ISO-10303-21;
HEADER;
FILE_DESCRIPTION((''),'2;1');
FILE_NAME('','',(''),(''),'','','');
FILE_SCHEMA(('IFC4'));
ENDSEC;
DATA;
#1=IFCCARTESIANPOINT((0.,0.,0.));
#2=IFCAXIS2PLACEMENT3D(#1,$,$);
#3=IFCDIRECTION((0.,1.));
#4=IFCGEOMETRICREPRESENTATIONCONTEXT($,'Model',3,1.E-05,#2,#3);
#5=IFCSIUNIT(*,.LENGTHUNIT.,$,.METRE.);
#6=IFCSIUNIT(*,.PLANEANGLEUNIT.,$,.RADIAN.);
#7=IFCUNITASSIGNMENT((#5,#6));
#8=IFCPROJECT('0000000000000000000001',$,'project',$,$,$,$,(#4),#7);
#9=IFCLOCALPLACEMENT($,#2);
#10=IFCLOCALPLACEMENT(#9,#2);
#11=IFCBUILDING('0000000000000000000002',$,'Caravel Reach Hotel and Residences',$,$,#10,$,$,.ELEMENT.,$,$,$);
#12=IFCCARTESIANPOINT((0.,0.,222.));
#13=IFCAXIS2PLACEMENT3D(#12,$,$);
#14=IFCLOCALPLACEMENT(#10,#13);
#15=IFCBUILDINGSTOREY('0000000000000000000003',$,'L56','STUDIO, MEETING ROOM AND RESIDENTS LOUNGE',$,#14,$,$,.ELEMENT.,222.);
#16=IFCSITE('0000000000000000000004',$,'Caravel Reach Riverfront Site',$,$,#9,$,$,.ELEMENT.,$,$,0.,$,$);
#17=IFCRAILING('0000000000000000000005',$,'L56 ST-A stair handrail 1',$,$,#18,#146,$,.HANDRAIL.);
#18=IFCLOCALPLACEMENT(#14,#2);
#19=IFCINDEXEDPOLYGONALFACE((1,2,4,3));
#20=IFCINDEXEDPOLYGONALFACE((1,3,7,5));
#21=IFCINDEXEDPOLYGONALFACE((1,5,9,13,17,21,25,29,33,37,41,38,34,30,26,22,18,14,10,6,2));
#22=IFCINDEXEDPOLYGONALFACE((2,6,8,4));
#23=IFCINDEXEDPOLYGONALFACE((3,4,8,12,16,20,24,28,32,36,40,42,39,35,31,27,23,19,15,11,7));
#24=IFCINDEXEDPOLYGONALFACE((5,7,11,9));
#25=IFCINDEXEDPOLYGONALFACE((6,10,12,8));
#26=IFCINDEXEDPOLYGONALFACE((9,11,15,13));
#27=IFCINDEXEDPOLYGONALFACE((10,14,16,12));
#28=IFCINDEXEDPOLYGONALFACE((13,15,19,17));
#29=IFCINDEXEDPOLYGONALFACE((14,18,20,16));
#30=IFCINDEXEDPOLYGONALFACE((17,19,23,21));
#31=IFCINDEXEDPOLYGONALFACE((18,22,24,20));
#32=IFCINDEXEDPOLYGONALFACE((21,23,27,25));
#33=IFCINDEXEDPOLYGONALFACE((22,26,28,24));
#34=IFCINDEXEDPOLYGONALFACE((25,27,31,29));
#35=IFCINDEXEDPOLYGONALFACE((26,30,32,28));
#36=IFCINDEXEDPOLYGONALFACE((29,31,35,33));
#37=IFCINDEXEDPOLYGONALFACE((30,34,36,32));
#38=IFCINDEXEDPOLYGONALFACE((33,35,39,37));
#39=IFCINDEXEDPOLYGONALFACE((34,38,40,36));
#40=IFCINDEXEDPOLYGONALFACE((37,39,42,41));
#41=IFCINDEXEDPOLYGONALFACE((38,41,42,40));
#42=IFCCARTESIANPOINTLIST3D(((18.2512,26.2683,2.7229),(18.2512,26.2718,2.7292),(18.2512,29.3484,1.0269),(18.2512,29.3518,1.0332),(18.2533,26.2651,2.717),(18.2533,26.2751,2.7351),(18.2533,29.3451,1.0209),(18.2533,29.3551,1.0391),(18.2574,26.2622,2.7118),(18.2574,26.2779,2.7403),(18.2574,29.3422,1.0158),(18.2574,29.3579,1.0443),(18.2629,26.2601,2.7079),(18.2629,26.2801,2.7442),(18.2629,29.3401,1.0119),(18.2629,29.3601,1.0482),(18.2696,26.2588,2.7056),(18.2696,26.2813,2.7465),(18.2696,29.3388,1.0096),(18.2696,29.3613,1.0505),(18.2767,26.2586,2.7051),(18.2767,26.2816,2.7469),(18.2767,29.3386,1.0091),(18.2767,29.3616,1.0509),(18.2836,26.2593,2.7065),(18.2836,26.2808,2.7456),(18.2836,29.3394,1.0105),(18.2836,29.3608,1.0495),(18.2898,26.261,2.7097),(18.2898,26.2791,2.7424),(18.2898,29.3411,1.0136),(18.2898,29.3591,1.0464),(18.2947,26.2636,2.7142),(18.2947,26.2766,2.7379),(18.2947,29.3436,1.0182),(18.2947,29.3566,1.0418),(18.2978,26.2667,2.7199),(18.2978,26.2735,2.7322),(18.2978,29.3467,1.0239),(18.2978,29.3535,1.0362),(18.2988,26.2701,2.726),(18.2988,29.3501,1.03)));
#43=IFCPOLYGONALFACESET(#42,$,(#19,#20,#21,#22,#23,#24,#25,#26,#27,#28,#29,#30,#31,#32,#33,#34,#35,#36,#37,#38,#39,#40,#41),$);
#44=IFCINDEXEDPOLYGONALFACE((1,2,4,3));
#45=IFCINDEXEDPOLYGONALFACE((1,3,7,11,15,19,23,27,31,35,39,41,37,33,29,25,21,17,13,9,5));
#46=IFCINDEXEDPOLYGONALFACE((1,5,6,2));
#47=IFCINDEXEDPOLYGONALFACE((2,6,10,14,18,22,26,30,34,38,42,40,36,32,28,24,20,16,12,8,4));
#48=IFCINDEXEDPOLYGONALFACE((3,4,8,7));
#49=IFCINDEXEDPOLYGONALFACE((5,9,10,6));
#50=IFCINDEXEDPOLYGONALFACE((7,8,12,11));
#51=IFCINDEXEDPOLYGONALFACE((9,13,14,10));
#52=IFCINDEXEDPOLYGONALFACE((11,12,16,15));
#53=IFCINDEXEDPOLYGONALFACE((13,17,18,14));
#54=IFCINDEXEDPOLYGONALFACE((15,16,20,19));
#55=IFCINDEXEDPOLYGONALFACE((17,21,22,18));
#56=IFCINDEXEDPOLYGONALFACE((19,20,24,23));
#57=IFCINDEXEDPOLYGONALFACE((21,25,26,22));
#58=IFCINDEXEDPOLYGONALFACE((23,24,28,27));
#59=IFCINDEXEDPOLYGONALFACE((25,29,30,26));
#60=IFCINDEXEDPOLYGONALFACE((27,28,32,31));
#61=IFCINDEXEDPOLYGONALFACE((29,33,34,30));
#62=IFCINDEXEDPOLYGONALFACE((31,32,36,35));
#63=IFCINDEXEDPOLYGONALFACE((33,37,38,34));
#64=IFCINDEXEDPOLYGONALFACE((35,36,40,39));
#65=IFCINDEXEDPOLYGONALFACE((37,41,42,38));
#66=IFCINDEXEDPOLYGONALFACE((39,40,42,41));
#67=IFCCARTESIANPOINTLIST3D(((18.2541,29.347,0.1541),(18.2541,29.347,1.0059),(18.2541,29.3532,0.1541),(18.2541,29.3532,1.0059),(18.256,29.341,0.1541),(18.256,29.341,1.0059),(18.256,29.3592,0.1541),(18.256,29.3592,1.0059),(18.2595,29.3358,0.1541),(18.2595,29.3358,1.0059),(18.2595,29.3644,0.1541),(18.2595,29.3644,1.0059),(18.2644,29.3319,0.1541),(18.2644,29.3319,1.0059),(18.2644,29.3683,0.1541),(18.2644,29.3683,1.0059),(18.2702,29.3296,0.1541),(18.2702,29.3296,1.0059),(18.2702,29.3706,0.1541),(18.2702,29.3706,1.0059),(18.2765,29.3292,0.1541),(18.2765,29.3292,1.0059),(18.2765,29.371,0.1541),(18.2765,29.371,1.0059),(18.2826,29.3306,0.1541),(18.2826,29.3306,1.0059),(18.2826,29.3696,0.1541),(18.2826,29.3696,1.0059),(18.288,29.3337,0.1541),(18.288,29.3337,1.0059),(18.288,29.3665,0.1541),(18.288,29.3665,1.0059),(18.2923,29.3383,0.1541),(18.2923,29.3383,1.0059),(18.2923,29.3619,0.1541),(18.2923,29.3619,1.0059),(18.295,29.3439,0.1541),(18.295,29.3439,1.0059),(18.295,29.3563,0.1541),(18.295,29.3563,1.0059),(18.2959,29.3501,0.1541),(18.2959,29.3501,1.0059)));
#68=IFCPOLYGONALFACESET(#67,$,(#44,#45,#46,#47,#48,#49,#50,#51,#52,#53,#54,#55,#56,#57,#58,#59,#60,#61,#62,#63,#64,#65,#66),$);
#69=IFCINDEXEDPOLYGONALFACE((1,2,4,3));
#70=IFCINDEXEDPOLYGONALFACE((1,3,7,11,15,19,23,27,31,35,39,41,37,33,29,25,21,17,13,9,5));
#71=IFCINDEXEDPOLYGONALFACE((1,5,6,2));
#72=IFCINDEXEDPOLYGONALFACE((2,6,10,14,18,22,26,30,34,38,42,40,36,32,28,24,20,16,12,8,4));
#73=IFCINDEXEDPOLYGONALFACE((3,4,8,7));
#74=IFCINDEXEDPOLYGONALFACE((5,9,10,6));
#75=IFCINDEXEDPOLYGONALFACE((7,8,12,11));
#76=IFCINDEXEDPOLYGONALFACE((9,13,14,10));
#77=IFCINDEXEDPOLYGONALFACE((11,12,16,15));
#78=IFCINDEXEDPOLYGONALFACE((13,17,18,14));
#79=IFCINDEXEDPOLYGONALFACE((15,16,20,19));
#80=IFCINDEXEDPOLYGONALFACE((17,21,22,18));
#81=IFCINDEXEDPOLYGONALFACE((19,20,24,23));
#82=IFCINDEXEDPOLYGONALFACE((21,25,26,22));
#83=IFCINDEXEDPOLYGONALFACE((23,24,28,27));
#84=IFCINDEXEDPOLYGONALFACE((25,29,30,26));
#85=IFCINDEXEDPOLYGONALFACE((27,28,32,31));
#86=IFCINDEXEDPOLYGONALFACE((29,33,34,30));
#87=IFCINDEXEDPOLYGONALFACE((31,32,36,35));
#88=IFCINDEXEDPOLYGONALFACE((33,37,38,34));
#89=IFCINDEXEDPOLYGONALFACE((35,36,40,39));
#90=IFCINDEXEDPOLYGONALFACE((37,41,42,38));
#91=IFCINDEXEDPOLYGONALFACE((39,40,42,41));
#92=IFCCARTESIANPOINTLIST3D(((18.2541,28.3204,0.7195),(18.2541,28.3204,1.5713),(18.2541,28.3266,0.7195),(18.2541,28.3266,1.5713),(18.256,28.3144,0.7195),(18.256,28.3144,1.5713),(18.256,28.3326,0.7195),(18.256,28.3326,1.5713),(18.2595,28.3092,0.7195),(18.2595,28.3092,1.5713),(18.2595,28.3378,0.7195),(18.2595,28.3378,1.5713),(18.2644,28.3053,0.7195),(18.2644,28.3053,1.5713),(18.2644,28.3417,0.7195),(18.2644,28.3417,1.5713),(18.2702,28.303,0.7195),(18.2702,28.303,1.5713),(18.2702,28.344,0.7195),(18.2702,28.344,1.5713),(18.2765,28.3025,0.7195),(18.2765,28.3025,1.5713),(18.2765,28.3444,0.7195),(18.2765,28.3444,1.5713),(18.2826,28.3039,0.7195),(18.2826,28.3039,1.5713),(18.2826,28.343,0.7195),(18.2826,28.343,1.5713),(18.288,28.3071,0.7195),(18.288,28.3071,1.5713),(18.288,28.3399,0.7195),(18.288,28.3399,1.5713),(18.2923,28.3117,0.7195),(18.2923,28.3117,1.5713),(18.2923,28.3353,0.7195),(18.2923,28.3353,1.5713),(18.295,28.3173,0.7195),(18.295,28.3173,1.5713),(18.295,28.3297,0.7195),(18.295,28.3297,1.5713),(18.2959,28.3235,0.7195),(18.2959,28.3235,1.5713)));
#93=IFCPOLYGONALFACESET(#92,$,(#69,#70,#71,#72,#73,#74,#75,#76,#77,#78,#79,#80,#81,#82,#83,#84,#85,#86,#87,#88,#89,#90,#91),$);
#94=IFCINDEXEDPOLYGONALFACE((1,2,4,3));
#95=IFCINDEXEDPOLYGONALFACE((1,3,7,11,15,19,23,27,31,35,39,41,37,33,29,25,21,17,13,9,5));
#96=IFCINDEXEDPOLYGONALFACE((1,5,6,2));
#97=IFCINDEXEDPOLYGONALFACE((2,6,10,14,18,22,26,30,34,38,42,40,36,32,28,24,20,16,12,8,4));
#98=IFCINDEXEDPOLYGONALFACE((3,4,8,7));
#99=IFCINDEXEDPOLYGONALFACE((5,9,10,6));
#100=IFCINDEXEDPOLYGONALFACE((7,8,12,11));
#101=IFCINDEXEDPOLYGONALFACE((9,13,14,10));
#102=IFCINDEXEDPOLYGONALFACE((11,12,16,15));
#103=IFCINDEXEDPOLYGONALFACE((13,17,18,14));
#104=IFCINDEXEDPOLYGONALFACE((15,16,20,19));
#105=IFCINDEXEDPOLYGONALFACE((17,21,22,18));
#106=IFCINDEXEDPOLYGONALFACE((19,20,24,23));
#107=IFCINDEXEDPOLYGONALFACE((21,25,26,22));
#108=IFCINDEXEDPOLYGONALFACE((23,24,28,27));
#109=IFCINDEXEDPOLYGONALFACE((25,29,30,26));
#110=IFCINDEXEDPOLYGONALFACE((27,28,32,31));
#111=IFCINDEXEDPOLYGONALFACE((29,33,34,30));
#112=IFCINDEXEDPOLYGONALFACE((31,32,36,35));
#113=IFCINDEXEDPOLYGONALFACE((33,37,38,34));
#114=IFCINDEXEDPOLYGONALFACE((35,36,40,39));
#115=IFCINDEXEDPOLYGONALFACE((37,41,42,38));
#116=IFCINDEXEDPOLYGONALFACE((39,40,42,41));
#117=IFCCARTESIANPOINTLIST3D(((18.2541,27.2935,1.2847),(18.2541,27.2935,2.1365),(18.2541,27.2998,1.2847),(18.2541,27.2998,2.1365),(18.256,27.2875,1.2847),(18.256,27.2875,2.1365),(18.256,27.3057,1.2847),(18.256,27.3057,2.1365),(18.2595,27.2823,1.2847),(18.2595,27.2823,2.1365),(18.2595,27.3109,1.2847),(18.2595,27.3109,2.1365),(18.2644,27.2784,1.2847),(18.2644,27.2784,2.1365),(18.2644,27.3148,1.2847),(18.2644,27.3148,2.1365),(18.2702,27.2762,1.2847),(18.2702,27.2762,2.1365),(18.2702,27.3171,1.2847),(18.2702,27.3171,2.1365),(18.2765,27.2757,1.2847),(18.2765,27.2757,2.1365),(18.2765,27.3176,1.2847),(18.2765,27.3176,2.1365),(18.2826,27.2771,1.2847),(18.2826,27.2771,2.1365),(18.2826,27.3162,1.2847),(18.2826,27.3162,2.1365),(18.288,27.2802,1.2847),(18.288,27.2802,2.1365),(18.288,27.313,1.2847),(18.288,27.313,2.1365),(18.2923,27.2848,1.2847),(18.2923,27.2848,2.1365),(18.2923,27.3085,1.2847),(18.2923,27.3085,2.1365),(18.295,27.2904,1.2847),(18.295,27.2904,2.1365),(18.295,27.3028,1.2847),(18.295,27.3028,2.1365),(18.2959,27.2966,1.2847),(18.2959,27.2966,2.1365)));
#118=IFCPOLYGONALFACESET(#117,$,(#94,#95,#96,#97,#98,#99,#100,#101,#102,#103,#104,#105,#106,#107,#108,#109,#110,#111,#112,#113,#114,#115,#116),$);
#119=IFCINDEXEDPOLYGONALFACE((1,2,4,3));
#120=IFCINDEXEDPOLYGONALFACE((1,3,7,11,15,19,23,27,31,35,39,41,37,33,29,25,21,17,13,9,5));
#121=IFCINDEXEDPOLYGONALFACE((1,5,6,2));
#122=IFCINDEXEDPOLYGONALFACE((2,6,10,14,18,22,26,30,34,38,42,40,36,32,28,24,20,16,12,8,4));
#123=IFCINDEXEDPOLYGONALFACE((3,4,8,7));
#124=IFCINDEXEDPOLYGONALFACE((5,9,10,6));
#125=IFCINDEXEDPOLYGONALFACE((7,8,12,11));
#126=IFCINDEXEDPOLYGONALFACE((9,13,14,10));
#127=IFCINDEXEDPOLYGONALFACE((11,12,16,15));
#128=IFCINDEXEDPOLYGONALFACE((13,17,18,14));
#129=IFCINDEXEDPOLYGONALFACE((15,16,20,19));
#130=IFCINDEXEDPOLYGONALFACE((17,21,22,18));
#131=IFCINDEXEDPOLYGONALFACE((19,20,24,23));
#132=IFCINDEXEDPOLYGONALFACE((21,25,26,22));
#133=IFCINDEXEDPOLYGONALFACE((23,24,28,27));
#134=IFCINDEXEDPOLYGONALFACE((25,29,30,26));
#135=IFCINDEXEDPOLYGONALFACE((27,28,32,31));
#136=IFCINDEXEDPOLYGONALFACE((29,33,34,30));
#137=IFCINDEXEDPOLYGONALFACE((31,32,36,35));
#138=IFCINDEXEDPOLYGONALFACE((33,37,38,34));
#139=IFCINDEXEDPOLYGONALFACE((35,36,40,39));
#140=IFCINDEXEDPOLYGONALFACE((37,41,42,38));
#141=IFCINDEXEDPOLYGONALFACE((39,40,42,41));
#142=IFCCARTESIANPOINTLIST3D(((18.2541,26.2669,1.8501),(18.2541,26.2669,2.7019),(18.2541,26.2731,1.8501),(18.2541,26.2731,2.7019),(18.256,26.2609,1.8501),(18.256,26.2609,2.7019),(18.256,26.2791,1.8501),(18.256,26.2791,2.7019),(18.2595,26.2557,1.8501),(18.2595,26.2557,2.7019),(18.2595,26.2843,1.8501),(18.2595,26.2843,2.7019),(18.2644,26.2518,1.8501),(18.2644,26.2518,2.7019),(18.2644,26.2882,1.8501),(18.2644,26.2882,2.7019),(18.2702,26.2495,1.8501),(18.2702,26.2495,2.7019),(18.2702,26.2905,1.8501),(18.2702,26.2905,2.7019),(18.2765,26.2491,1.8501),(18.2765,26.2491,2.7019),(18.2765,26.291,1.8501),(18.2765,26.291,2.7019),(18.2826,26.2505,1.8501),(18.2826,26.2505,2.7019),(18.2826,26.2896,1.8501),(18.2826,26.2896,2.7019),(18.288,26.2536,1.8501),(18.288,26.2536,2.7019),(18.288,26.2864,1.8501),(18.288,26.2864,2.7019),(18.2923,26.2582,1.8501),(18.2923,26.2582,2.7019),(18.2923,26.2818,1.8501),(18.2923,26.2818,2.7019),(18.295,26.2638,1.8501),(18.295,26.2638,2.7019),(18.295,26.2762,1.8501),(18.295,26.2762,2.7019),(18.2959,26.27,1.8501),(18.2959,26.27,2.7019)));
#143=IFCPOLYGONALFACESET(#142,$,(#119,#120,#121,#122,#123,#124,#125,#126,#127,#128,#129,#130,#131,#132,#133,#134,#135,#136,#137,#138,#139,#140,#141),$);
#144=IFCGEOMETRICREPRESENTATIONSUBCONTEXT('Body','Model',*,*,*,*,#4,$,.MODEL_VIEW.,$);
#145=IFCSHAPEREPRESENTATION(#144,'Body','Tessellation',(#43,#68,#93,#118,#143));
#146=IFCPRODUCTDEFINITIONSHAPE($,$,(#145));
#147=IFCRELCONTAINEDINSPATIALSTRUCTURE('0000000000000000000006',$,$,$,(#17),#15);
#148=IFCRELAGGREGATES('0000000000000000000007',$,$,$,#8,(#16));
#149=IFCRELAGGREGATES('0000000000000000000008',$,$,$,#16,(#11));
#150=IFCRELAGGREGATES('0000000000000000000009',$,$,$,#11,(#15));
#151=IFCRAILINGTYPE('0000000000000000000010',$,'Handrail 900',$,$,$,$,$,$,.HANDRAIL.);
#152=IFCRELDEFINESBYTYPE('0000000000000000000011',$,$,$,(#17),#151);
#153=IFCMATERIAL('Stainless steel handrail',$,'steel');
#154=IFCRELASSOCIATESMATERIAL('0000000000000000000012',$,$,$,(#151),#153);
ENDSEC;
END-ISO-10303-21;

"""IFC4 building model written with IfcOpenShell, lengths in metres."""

from ifc_helpers import new_model, si_unit, direction, frame, origin, origin_2d, place, context, subcontext, project, spatial, circle, extrude, material, type_object, element, save


model = new_model("IFC4")

# Units and contexts
model_context = context("Model", 3, precision=1e-05, world=origin(), true_north=direction((0.0, 1.0)))
body_context = subcontext(model_context, "Body", "Model", "MODEL_VIEW")
ifc_project = project(units=[si_unit("LENGTHUNIT", "METRE"), si_unit("PLANEANGLEUNIT", "RADIAN")], contexts=[model_context])

# Site, building, storey
site_placement = place(None, origin())
site = spatial("IfcSite", under=ifc_project, at=site_placement, Name="Caravel Reach Riverfront Site", CompositionType="ELEMENT", RefElevation=0.0)
building_placement = place(site_placement, origin())
building = spatial("IfcBuilding", under=site, at=building_placement, Name="Caravel Reach Hotel and Residences", CompositionType="ELEMENT")
storey_placement = place(building_placement, frame((0.0, 0.0, 222.0)))
storey = spatial("IfcBuildingStorey", under=building, at=storey_placement, Name="L56", Description="STUDIO, MEETING ROOM AND RESIDENTS LOUNGE", CompositionType="ELEMENT", Elevation=222.0)

# Railing
ifc_material_1 = material(Name="Stainless steel handrail", Category="steel")
railing_type_1 = type_object("IfcRailingType", Name="Handrail 900", PredefinedType="HANDRAIL", material=ifc_material_1)
railing_1_placement = place(storey_placement, frame((18.2749, 29.3501, 0.1541)))
element("IfcRailing", 1, at=railing_1_placement, inside=storey, type_object=railing_type_1, Name="L56 ST-A stair handrail 1", PredefinedType="HANDRAIL", context=body_context, shape_type="SweptSolid", body=[
    extrude(circle(Radius=0.0239, at=origin_2d()), frame((0.0, 0.0, 0.876), z_axis=(0.0, -0.875975, 0.482356), x_axis=(1.0, 0.0, 0.0)), (0.0, 0.0, 1.0), 3.5161),
    extrude(circle(Radius=0.021, at=origin_2d()), origin(), (0.0, 0.0, 1.0), 0.8518),
    extrude(circle(Radius=0.021, at=origin_2d()), frame((0.0, -1.0266, 0.5654)), (0.0, 0.0, 1.0), 0.8518),
    extrude(circle(Radius=0.021, at=origin_2d()), frame((0.0, -2.0535, 1.1306)), (0.0, 0.0, 1.0), 0.8518),
    extrude(circle(Radius=0.021, at=origin_2d()), frame((0.0, -3.0801, 1.696)), (0.0, 0.0, 1.0), 0.8518),
])

save(model, "model.ifc")
